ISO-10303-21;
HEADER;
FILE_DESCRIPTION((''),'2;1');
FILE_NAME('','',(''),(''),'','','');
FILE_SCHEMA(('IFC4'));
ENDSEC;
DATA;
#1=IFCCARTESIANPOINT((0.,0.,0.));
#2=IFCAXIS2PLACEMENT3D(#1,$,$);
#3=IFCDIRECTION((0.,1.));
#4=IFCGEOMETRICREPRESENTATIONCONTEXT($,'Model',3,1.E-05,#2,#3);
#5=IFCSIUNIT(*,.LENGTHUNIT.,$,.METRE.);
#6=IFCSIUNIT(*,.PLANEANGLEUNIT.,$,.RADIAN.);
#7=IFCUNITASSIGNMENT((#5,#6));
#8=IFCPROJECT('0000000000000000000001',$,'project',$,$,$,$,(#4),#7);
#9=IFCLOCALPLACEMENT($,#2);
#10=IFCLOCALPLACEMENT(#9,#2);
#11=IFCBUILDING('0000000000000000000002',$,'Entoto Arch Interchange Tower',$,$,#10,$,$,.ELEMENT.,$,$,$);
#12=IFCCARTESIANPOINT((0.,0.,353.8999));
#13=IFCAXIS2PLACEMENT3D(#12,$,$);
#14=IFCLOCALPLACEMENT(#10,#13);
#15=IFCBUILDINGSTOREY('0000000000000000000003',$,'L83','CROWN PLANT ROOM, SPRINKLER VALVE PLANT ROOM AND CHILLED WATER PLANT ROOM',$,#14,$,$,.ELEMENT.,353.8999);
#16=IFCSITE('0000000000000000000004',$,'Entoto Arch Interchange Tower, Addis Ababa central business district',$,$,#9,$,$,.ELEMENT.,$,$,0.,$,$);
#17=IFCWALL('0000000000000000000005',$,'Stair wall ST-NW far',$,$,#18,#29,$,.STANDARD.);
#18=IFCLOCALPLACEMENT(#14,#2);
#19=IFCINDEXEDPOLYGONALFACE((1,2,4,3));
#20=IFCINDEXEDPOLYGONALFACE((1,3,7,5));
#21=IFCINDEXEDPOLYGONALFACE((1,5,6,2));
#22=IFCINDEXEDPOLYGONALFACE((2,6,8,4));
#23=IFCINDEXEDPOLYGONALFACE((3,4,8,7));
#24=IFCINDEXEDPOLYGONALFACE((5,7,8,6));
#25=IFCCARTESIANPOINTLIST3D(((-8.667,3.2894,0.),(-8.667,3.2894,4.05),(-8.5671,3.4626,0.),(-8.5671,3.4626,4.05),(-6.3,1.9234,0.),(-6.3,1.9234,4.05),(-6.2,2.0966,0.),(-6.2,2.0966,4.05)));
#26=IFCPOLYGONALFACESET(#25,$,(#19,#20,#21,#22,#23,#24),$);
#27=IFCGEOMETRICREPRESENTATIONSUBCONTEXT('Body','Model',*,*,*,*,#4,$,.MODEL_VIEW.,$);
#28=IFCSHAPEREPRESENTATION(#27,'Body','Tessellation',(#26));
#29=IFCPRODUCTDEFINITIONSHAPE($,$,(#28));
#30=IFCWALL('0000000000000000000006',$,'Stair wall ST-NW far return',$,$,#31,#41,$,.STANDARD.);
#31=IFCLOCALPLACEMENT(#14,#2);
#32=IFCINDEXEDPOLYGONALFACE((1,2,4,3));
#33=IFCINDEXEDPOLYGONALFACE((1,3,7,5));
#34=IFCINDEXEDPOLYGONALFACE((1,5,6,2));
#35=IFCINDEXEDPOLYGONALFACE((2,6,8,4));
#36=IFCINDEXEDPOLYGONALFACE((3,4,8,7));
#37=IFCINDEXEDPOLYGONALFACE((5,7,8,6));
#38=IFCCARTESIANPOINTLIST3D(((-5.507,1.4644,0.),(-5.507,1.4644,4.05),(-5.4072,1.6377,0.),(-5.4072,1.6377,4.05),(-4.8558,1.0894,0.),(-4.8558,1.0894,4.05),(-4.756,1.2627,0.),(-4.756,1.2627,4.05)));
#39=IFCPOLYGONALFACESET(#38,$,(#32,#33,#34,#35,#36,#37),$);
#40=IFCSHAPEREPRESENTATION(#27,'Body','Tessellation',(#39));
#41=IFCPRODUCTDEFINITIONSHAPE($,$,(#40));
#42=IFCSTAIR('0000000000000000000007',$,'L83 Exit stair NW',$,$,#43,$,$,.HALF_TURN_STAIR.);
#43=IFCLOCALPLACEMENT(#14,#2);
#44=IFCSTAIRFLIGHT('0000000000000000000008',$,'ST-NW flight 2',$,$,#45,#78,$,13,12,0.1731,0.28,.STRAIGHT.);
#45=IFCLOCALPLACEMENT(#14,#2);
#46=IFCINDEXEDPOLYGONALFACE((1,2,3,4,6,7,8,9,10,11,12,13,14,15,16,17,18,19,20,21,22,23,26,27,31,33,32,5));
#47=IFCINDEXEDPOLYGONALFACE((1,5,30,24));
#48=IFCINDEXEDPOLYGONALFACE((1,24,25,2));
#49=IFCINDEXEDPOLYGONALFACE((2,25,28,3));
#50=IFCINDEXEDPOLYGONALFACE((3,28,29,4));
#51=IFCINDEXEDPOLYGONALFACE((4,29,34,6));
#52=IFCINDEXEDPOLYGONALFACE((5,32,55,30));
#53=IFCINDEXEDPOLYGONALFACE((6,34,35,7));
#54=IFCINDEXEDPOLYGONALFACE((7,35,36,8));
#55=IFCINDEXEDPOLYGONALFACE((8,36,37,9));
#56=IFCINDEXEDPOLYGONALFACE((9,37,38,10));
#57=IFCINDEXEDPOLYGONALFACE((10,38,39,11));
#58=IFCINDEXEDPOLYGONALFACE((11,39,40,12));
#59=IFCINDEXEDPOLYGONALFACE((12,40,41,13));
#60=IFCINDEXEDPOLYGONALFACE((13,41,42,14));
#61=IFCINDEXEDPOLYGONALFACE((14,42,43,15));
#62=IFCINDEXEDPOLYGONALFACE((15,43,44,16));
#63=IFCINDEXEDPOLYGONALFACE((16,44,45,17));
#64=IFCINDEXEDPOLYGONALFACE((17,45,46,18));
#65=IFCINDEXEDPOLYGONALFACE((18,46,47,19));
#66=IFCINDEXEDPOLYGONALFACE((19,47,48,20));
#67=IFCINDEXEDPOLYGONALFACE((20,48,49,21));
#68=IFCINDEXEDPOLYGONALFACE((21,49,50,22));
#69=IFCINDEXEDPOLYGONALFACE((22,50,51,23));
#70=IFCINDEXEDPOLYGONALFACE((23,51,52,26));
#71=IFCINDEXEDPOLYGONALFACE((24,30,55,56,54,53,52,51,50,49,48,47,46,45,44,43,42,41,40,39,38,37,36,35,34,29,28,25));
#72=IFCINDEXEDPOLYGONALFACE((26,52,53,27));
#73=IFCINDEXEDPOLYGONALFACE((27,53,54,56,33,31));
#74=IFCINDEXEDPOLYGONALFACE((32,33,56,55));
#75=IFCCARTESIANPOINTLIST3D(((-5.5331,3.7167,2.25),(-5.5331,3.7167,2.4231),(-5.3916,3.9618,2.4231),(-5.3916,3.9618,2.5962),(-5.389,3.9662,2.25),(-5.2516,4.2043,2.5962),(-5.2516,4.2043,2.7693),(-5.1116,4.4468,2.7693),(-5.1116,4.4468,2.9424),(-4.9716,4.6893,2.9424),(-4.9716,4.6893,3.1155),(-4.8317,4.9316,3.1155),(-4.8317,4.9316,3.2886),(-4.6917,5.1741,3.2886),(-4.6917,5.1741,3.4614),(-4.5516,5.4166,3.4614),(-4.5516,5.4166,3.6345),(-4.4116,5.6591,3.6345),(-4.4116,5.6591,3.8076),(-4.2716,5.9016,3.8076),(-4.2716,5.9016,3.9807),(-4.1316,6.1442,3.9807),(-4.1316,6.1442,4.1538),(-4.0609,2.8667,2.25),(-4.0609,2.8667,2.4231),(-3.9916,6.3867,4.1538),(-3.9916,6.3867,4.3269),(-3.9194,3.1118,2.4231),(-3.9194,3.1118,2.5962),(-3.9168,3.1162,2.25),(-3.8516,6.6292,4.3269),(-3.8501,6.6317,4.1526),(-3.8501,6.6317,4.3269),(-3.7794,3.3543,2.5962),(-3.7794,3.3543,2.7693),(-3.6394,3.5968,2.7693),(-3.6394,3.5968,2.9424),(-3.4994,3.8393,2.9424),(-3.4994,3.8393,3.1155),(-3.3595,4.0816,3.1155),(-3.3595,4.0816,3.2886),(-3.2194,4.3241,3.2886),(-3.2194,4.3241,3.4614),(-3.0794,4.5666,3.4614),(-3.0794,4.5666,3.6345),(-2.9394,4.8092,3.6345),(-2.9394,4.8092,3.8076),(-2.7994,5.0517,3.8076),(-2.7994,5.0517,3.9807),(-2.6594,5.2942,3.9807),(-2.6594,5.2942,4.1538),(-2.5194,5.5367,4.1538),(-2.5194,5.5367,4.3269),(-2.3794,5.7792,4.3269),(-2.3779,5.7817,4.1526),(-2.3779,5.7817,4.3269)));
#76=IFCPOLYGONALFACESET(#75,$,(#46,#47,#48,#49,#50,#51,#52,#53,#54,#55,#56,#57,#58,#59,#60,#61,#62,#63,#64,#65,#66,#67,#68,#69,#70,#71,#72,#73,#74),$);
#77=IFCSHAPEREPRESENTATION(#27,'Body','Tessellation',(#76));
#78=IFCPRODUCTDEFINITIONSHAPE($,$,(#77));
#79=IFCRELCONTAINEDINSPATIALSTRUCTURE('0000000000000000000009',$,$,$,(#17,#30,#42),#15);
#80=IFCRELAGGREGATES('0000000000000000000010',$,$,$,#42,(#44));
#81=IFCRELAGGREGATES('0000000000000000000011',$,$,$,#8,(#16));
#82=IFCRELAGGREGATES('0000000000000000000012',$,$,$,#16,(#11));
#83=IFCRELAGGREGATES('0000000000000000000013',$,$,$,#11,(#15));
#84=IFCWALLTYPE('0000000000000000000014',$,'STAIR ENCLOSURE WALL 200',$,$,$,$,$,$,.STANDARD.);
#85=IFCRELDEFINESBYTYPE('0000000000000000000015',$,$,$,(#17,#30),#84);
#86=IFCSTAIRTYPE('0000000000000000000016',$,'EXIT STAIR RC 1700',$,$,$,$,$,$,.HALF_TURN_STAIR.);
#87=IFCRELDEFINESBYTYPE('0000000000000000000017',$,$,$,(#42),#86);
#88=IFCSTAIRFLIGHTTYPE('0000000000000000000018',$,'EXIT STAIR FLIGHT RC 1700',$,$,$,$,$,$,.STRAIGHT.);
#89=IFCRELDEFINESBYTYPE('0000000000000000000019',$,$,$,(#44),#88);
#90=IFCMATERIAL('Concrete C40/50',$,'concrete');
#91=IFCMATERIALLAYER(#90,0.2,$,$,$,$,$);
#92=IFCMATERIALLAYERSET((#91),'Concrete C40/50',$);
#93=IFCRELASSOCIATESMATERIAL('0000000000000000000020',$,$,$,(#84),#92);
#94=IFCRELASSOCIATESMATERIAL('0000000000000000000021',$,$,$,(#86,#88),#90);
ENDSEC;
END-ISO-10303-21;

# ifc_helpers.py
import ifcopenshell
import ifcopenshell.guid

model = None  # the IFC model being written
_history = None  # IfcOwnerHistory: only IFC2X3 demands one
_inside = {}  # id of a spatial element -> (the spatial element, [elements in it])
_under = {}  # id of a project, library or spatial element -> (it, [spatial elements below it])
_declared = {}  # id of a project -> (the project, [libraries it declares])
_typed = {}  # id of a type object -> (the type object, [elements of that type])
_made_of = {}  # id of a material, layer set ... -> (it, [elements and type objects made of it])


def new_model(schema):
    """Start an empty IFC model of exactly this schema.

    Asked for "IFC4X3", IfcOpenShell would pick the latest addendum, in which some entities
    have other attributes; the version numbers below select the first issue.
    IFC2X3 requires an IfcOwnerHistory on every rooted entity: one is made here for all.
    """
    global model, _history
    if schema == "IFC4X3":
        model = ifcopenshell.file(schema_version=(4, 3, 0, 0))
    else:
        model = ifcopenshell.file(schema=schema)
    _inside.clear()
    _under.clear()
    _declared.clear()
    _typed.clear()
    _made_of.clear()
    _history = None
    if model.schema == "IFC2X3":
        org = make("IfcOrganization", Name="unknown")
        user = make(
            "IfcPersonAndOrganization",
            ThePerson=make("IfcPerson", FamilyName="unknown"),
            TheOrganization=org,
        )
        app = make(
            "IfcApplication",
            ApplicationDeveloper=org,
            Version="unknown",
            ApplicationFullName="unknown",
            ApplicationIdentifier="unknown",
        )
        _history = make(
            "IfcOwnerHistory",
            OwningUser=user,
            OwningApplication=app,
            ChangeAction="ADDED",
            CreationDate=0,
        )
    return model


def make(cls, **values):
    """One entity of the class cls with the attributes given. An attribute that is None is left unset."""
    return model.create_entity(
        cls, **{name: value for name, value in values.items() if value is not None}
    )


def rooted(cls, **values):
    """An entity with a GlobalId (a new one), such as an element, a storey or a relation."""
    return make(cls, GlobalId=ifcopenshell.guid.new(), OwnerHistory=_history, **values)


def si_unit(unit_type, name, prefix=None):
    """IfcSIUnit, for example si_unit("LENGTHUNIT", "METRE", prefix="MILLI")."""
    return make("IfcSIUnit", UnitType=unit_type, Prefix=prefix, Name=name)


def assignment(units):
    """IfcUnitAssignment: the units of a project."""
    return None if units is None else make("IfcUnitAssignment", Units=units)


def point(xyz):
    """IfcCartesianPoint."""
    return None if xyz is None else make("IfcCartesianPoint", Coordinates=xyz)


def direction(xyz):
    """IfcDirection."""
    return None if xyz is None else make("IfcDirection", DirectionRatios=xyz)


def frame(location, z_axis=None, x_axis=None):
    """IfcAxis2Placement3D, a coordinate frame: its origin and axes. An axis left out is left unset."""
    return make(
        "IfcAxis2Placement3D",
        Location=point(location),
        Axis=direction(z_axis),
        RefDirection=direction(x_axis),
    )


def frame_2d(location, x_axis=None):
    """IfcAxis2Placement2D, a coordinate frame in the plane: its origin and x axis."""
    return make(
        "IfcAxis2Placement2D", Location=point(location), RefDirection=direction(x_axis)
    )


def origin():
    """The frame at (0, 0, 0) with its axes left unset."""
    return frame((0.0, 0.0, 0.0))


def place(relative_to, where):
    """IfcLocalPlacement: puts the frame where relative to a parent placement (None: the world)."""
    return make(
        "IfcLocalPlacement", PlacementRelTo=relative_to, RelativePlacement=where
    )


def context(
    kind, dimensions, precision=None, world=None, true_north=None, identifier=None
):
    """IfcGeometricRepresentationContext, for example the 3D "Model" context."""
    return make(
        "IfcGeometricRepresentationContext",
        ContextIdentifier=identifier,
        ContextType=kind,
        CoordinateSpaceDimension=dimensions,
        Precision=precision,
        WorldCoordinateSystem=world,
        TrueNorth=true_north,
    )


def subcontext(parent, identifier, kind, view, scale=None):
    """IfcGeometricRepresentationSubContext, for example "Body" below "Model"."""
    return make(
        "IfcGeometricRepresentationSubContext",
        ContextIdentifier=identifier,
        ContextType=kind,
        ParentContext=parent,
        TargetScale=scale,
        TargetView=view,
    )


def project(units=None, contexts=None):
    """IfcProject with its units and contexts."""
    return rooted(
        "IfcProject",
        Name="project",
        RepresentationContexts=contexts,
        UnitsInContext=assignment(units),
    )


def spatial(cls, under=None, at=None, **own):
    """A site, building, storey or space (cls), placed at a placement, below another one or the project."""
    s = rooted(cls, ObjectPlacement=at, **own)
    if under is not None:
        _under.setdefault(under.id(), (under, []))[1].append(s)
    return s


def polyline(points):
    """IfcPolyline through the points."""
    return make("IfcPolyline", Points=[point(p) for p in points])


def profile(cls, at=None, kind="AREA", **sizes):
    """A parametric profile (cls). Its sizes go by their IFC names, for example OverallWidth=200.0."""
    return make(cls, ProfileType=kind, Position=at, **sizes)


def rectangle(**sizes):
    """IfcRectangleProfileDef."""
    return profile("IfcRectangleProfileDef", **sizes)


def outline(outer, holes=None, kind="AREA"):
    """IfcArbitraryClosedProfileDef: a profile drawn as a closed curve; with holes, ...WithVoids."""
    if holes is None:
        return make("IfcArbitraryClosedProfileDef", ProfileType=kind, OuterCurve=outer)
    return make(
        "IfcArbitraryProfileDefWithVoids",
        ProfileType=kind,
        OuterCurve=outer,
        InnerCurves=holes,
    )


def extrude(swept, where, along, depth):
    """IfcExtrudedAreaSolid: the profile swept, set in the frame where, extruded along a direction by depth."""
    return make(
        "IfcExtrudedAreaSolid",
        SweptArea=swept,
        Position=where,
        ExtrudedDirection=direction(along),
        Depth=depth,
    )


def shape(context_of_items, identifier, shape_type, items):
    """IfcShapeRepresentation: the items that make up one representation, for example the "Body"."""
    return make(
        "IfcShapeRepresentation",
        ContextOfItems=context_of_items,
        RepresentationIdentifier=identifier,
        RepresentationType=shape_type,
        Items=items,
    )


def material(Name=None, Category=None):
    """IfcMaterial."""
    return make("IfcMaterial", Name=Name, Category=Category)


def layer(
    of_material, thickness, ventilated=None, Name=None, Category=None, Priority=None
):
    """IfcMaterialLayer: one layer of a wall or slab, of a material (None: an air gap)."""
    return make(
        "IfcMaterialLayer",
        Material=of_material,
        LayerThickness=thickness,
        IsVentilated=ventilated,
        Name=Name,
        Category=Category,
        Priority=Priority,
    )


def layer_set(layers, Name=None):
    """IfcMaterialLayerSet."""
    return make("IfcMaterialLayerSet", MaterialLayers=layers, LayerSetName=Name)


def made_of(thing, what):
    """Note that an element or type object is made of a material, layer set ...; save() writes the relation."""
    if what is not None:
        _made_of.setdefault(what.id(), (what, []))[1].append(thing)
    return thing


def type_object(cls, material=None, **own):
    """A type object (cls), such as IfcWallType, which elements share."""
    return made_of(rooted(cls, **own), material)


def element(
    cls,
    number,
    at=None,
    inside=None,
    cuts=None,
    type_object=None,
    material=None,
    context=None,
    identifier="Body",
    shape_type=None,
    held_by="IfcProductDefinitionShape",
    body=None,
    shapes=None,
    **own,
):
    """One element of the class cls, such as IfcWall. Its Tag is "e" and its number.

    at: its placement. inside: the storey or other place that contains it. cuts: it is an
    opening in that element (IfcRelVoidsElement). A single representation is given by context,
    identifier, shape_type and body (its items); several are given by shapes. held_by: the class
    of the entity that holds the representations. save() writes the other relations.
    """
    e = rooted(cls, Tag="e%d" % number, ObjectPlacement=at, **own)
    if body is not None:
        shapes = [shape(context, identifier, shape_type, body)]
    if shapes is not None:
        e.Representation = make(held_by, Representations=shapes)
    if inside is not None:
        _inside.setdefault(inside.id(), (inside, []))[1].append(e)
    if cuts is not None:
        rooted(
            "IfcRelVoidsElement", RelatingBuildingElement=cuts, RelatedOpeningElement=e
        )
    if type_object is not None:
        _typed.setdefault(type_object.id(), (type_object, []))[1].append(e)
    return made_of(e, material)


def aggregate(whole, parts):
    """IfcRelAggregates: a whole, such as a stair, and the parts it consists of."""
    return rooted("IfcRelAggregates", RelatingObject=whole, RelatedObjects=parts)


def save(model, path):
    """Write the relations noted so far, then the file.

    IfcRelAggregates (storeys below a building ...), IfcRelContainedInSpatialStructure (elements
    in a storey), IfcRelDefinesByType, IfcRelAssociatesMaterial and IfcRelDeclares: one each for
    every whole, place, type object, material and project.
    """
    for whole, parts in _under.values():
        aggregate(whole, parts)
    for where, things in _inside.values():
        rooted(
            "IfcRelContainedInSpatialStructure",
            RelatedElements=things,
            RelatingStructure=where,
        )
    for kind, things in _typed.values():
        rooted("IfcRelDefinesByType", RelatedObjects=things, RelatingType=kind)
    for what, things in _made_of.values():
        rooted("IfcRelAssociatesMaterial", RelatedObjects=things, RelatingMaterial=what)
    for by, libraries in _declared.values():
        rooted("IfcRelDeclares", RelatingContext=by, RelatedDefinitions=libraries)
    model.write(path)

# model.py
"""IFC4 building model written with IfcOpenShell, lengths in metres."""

from ifc_helpers import new_model, si_unit, direction, frame, frame_2d, origin, place, context, subcontext, project, spatial, polyline, rectangle, outline, extrude, material, layer, layer_set, type_object, element, aggregate, save


model = new_model("IFC4")

# Units and contexts
model_context = context("Model", 3, precision=1e-05, world=origin(), true_north=direction((0.0, 1.0)))
body_context = subcontext(model_context, "Body", "Model", "MODEL_VIEW")
ifc_project = project(units=[si_unit("LENGTHUNIT", "METRE"), si_unit("PLANEANGLEUNIT", "RADIAN")], contexts=[model_context])

# Site, building, storey
site_placement = place(None, origin())
site = spatial("IfcSite", under=ifc_project, at=site_placement, Name="Entoto Arch Interchange Tower, Addis Ababa central business district", CompositionType="ELEMENT", RefElevation=0.0)
building_placement = place(site_placement, origin())
building = spatial("IfcBuilding", under=site, at=building_placement, Name="Entoto Arch Interchange Tower", CompositionType="ELEMENT")
storey_placement = place(building_placement, frame((0.0, 0.0, 353.8999)))
storey = spatial("IfcBuildingStorey", under=building, at=storey_placement, Name="L83", Description="CROWN PLANT ROOM, SPRINKLER VALVE PLANT ROOM AND CHILLED WATER PLANT ROOM", CompositionType="ELEMENT", Elevation=353.8999)

# Shared definitions
ifc_material_1 = material(Name="Concrete C40/50", Category="concrete")

# Walls
ifc_layer_1 = layer(ifc_material_1, 0.2)
ifc_layer_set_1 = layer_set([ifc_layer_1], Name="Concrete C40/50")
wall_type_1 = type_object("IfcWallType", Name="STAIR ENCLOSURE WALL 200", PredefinedType="STANDARD", material=ifc_layer_set_1)
wall_1_placement = place(storey_placement, frame((-6.25, 2.01, 0.0), z_axis=(0.0, 0.0, 1.0), x_axis=(-0.866119, 0.499838, 0.0)))
element("IfcWall", 1, at=wall_1_placement, inside=storey, type_object=wall_type_1, Name="Stair wall ST-NW far", PredefinedType="STANDARD", context=body_context, shape_type="SweptSolid", body=[
    extrude(rectangle(XDim=2.7329, YDim=0.2, at=frame_2d((1.3665, 0.0))), origin(), (0.0, 0.0, 1.0), 4.05),
])
wall_2_placement = place(storey_placement, frame((-4.8059, 1.176, 0.0), z_axis=(0.0, 0.0, 1.0), x_axis=(-0.866559, 0.499075, 0.0)))
element("IfcWall", 2, at=wall_2_placement, inside=storey, type_object=wall_type_1, Name="Stair wall ST-NW far return", PredefinedType="STANDARD", context=body_context, shape_type="SweptSolid", body=[
    extrude(rectangle(XDim=0.7515, YDim=0.2, at=frame_2d((0.3757, 0.0))), origin(), (0.0, 0.0, 1.0), 4.05),
])

# Stair, stair flight
stair_type = type_object("IfcStairType", Name="EXIT STAIR RC 1700", PredefinedType="HALF_TURN_STAIR", material=ifc_material_1)
stair_placement = place(storey_placement, origin())
stair = element("IfcStair", 3, at=stair_placement, inside=storey, type_object=stair_type, Name="L83 Exit stair NW", PredefinedType="HALF_TURN_STAIR")
stair_flight_type = type_object("IfcStairFlightType", Name="EXIT STAIR FLIGHT RC 1700", PredefinedType="STRAIGHT", material=ifc_material_1)
stair_flight_placement = place(storey_placement, frame((-4.7954, 3.2942, 2.25), z_axis=(0.0, 0.0, 1.0), x_axis=(0.5, 0.866025, 0.0)))
stair_flight = element("IfcStairFlight", 4, at=stair_flight_placement, type_object=stair_flight_type, Name="ST-NW flight 2", NumberOfRisers=13, NumberOfTreads=12, PredefinedType="STRAIGHT", RiserHeight=0.1731, TreadLength=0.28, context=body_context, shape_type="SweptSolid", body=[
    extrude(outline(polyline([(-0.0029, 0.0), (-0.0029, 0.1731), (0.28, 0.1731), (0.28, 0.3462), (0.5601, 0.3462), (0.5601, 0.5193), (0.8401, 0.5193), (0.8401, 0.6924), (1.1201, 0.6924), (1.1201, 0.8655), (1.3999, 0.8655), (1.3999, 1.0386), (1.6799, 1.0386), (1.6799, 1.2114), (1.96, 1.2114), (1.96, 1.3845), (2.24, 1.3845), (2.24, 1.5576), (2.52, 1.5576), (2.52, 1.7307), (2.8, 1.7307), (2.8, 1.9038), (3.0801, 1.9038), (3.0801, 2.0769), (3.3601, 2.0769), (3.363, 2.0769), (3.363, 1.9026), (0.2852, 0.0), (-0.0029, 0.0)])), frame((0.0, 0.8501, 0.0), z_axis=(0.0, -1.0, 0.0), x_axis=(1.0, 0.0, 0.0)), (0.0, 0.0, 1.0), 1.7),
])
aggregate(stair, [stair_flight])

save(model, "model.ifc")
